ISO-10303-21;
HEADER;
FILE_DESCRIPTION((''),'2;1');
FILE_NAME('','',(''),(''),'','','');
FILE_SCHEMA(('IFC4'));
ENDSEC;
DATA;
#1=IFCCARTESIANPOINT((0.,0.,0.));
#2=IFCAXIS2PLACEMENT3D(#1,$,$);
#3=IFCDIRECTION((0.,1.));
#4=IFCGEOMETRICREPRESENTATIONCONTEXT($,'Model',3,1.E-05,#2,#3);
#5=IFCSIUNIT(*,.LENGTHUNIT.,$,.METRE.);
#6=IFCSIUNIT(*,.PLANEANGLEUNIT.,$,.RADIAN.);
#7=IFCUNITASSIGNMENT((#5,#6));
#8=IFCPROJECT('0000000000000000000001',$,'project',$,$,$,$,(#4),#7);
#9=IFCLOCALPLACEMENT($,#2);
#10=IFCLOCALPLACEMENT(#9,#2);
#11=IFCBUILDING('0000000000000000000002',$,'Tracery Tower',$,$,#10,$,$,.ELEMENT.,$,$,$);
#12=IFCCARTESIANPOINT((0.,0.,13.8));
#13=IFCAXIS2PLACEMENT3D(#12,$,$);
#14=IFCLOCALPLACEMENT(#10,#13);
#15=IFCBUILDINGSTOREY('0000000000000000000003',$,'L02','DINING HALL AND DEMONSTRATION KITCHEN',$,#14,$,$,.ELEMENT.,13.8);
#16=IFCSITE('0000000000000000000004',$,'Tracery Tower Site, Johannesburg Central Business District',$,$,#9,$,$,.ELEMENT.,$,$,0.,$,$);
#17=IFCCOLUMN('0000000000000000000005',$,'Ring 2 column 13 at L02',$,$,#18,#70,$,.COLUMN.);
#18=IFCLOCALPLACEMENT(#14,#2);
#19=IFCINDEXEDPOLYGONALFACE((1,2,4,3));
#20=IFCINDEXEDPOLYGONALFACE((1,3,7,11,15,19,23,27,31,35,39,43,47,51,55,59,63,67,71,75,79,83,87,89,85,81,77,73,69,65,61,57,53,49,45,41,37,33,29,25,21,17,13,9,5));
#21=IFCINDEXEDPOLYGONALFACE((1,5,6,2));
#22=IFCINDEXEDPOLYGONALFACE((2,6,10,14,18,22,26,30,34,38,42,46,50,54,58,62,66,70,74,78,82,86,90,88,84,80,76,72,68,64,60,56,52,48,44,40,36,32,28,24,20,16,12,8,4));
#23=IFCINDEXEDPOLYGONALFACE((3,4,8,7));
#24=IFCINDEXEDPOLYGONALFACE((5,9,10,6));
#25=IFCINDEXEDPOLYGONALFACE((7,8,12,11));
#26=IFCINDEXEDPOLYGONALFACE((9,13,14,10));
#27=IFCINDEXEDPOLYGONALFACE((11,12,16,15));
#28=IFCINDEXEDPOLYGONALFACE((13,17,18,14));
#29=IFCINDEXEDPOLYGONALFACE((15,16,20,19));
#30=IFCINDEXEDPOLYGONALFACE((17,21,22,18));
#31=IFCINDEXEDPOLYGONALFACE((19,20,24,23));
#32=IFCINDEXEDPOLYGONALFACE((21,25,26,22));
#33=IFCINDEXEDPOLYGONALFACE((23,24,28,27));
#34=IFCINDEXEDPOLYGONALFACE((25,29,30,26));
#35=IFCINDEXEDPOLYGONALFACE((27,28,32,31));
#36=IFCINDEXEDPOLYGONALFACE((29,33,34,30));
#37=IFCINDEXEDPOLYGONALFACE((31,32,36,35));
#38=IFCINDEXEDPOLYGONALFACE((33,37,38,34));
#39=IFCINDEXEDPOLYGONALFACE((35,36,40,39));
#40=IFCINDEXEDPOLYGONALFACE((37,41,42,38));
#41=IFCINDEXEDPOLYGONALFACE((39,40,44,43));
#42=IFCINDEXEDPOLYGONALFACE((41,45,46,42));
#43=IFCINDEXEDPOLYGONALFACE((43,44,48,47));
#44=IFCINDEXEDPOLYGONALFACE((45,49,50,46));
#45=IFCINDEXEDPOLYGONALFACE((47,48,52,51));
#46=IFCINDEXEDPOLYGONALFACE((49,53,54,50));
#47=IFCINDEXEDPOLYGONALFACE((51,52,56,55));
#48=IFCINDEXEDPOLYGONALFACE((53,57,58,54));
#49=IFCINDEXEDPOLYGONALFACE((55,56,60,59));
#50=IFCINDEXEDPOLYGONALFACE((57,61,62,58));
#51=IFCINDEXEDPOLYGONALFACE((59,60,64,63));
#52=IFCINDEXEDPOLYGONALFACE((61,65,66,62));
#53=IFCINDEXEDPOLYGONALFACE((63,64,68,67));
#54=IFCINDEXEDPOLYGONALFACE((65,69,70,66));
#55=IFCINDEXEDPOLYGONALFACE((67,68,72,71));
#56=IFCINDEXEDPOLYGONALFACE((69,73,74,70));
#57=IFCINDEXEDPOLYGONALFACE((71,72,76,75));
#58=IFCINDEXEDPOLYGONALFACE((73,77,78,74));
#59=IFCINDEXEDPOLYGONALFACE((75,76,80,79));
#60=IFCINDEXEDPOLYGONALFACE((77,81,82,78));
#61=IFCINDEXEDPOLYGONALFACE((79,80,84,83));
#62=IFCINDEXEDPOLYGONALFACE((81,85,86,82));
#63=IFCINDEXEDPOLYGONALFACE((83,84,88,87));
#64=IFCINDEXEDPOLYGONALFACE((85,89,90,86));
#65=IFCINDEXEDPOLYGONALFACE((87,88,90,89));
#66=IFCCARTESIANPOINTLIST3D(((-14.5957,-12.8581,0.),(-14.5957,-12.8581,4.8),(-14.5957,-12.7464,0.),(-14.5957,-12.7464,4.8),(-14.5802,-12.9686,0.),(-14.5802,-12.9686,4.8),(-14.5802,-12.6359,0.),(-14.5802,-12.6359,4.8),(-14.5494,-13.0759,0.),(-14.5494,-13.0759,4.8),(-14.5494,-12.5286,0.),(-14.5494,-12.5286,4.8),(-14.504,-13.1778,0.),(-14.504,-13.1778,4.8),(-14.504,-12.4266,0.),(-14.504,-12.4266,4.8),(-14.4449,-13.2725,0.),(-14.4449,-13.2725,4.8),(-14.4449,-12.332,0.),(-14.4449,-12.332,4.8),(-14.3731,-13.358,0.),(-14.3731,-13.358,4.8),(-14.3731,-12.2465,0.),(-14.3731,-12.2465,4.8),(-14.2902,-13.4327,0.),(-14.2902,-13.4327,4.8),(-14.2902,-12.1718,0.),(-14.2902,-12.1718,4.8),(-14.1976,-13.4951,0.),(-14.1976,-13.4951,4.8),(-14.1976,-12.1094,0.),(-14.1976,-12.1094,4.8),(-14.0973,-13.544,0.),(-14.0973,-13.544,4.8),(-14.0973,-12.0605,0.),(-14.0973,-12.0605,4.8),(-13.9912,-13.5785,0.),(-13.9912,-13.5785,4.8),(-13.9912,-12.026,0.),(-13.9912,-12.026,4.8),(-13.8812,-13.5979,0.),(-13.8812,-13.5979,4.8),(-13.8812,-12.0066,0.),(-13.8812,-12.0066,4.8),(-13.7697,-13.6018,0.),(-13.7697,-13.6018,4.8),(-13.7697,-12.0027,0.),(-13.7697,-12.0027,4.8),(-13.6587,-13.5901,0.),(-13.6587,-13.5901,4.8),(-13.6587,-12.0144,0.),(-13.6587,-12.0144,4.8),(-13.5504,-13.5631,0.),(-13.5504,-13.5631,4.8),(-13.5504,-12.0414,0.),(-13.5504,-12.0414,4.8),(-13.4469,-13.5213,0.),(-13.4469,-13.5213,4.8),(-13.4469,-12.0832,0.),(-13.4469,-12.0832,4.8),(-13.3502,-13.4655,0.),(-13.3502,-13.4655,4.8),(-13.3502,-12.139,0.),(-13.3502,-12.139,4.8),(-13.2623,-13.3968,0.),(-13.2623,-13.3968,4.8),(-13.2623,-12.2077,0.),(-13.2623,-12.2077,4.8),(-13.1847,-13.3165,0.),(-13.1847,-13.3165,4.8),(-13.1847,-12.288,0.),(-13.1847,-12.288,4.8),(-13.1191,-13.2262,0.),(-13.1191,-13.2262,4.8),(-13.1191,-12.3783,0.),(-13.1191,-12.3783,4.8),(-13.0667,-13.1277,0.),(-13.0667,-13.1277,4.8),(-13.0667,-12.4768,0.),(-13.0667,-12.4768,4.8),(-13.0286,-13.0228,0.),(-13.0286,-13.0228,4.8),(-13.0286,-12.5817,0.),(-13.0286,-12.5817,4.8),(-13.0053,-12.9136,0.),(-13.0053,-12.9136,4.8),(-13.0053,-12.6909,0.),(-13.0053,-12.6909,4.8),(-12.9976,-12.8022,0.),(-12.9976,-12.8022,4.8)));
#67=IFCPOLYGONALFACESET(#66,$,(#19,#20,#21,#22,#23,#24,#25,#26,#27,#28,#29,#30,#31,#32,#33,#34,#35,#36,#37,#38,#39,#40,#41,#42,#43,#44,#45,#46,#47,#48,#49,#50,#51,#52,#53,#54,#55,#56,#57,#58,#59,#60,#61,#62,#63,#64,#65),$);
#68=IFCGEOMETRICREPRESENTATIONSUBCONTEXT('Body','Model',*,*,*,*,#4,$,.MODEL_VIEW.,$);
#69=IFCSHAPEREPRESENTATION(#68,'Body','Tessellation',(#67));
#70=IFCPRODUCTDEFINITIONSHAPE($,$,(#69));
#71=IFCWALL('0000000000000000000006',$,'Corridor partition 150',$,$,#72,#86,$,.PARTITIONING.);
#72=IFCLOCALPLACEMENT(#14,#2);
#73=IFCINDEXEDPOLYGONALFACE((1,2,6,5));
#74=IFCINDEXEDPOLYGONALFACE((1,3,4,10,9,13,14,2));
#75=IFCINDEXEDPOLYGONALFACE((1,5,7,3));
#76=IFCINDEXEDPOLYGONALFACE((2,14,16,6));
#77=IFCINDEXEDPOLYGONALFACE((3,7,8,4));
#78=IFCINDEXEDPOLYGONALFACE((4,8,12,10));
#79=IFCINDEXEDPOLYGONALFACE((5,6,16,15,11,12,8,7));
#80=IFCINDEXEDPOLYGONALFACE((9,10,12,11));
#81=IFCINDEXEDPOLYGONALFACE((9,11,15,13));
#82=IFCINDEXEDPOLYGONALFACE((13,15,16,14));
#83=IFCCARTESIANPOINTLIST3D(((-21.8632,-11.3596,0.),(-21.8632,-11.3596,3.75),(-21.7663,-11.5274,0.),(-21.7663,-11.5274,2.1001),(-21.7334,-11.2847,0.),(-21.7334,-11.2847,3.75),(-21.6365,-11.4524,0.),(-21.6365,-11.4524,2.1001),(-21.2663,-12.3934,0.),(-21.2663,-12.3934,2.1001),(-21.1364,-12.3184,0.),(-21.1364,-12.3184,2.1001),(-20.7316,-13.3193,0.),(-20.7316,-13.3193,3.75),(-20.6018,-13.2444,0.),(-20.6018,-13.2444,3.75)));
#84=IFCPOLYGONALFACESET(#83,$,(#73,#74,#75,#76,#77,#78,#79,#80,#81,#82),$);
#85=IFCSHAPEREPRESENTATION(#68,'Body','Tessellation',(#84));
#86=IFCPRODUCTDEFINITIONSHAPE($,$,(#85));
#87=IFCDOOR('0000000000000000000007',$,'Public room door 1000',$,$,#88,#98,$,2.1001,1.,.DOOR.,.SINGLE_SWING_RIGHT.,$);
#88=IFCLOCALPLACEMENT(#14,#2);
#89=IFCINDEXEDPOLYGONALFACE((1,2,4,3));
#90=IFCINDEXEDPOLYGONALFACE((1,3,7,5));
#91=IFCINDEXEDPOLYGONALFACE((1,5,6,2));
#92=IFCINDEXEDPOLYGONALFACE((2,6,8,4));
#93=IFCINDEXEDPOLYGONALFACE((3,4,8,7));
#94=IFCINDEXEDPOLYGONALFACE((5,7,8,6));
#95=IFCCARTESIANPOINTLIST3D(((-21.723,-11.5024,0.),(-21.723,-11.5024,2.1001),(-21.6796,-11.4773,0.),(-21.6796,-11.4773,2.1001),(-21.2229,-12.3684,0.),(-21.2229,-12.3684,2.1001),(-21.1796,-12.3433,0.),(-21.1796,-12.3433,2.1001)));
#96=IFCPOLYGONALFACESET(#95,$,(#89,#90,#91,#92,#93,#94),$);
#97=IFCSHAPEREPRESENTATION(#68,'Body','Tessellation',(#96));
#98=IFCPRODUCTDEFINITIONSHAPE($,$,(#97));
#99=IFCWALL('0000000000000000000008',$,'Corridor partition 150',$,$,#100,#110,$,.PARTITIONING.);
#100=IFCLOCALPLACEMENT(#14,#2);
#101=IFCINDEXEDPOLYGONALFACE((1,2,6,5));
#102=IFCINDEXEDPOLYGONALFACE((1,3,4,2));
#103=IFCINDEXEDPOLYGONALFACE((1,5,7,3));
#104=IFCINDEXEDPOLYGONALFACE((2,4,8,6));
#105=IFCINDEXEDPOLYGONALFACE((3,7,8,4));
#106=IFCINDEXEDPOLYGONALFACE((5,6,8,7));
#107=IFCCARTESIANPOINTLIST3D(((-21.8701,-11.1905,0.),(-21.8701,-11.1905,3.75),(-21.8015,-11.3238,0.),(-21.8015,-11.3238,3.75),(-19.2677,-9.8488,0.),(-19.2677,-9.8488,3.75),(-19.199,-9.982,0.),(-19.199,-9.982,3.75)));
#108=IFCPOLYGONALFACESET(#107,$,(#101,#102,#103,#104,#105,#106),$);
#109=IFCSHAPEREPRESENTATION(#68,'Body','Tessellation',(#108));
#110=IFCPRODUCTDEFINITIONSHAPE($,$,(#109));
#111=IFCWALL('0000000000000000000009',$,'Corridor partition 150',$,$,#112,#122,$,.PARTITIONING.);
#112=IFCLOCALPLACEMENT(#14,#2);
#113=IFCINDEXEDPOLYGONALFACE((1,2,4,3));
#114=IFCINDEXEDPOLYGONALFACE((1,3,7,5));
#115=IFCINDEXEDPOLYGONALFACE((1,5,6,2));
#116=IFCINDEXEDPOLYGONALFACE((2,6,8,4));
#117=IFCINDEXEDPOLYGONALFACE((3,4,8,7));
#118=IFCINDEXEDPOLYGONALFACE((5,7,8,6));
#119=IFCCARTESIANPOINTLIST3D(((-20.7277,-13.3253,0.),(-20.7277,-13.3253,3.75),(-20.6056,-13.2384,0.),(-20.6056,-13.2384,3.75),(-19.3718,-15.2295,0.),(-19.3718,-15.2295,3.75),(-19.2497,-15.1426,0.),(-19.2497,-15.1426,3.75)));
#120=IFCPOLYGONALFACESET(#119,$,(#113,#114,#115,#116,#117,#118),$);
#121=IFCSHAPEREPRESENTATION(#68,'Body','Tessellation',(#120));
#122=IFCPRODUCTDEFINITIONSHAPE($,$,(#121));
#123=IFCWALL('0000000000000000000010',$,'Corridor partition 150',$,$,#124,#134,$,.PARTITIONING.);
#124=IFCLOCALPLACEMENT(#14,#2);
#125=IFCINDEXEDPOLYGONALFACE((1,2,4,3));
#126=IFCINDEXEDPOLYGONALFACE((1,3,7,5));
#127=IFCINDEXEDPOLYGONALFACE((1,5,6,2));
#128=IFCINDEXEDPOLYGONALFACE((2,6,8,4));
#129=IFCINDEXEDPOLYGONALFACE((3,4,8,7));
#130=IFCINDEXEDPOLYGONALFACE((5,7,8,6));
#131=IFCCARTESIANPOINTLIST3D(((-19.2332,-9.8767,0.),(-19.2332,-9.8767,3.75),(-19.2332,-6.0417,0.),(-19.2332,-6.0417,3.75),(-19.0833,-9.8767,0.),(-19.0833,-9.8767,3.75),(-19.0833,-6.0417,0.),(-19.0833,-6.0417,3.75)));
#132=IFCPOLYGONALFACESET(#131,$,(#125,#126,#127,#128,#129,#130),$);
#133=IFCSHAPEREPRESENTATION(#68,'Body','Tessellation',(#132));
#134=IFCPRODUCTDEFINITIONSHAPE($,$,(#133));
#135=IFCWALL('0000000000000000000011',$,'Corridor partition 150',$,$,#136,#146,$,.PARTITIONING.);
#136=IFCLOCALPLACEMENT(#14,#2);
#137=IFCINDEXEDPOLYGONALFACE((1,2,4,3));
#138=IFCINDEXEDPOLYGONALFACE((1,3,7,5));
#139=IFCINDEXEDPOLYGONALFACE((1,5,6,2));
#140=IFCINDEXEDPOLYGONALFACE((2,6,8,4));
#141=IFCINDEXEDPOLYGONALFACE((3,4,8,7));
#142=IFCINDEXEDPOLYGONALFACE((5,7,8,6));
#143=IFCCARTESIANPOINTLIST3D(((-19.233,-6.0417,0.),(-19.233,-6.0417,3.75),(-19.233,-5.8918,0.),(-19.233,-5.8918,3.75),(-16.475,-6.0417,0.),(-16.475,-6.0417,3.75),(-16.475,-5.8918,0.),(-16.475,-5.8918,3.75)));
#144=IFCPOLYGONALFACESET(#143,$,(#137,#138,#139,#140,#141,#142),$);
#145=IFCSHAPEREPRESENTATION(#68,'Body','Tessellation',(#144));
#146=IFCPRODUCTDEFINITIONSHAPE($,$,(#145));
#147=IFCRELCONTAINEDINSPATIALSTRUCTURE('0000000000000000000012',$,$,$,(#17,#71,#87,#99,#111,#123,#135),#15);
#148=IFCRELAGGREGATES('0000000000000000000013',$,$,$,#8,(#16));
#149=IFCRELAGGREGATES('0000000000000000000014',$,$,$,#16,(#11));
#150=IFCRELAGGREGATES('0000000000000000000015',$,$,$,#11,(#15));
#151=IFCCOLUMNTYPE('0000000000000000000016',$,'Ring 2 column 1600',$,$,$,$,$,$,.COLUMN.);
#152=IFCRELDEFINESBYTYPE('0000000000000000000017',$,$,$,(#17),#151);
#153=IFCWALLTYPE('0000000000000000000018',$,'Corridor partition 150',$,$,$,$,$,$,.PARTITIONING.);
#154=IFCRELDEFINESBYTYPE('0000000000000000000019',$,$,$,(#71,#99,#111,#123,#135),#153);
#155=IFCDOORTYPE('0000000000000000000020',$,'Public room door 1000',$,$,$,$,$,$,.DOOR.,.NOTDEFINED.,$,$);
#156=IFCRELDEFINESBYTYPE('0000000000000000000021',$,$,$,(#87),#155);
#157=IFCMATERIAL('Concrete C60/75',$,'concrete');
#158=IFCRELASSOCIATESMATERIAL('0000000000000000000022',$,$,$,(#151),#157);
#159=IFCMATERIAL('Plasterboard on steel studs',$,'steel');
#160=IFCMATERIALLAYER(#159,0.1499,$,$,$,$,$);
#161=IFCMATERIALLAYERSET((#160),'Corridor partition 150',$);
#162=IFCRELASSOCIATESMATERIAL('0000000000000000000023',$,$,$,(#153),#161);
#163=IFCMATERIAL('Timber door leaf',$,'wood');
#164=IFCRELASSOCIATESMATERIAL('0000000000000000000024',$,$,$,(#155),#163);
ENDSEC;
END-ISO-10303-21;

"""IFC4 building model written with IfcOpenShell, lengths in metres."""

from ifc_helpers import new_model, si_unit, direction, frame, frame_2d, origin, origin_2d, place, context, subcontext, project, spatial, rectangle, circle, extrude, material, layer, layer_set, material_profile, profile_set, type_object, element, fill, save


model = new_model("IFC4")

# Units and contexts
model_context = context("Model", 3, precision=1e-05, world=origin(), true_north=direction((0.0, 1.0)))
body_context = subcontext(model_context, "Body", "Model", "MODEL_VIEW")
ifc_project = project(units=[si_unit("LENGTHUNIT", "METRE"), si_unit("PLANEANGLEUNIT", "RADIAN")], contexts=[model_context])

# Site, building, storey
site_placement = place(None, origin())
site = spatial("IfcSite", under=ifc_project, at=site_placement, Name="Tracery Tower Site, Johannesburg Central Business District", CompositionType="ELEMENT", RefElevation=0.0)
building_placement = place(site_placement, origin())
building = spatial("IfcBuilding", under=site, at=building_placement, Name="Tracery Tower", CompositionType="ELEMENT")
storey_placement = place(building_placement, frame((0.0, 0.0, 13.8)))
storey = spatial("IfcBuildingStorey", under=building, at=storey_placement, Name="L02", Description="DINING HALL AND DEMONSTRATION KITCHEN", CompositionType="ELEMENT", Elevation=13.8)

# Column
ifc_material_1 = material(Name="Concrete C60/75", Category="concrete")
ifc_material_profile_1 = material_profile(ifc_material_1, circle(Radius=0.8, at=origin_2d()), Name="RC D1600")
ifc_profile_set_1 = profile_set([ifc_material_profile_1], Name="Concrete C60/75")
column_type_1 = type_object("IfcColumnType", Name="Ring 2 column 1600", PredefinedType="COLUMN", material=ifc_profile_set_1)
for number, where, z_axis, x_axis, name in (
    (1, (-13.7976, -12.8022, 0.0), (0.0, 0.0, 1.0), (1.0, 0.0, 0.0), "Ring 2 column 13 at L02"),
):
    element("IfcColumn", number, at=place(storey_placement, frame(where, z_axis=z_axis, x_axis=x_axis)), inside=storey, type_object=column_type_1, Name=name, PredefinedType="COLUMN", context=body_context, shape_type="SweptSolid", body=[
        extrude(circle(Radius=0.8, at=origin_2d()), origin(), (0.0, 0.0, 1.0), 4.8),
    ])

# Wall, opening, door
ifc_material_2 = material(Name="Plasterboard on steel studs", Category="steel")
ifc_layer_1 = layer(ifc_material_2, 0.1499)
ifc_layer_set_1 = layer_set([ifc_layer_1], Name="Corridor partition 150")
wall_type_1 = type_object("IfcWallType", Name="Corridor partition 150", PredefinedType="PARTITIONING", material=ifc_layer_set_1)
wall_1_placement = place(storey_placement, frame((-20.6667, -13.2817, 0.0), z_axis=(0.0, 0.0, 1.0), x_axis=(-0.500049, 0.865997, 0.0)))
wall_1 = element("IfcWall", 2, at=wall_1_placement, inside=storey, type_object=wall_type_1, Name="Corridor partition 150", PredefinedType="PARTITIONING", context=body_context, shape_type="SweptSolid", body=[
    extrude(rectangle(XDim=2.2629, YDim=0.1499, at=frame_2d((1.1313, 0.0))), origin(), (0.0, 0.0, 1.0), 3.75),
])
opening_1_placement = place(wall_1_placement, frame((1.0691, 0.0, 0.0)))
opening_1 = element("IfcOpeningElement", 3, at=opening_1_placement, cuts=wall_1, PredefinedType="OPENING", context=body_context, shape_type="SweptSolid", body=[
    extrude(rectangle(XDim=1.0, YDim=2.1001, at=frame_2d((0.5, 1.05))), frame((0.0, 0.075, 0.0), z_axis=(0.0, -1.0, 0.0), x_axis=(1.0, 0.0, 0.0)), (0.0, 0.0, 1.0), 0.1499),
])
ifc_material_3 = material(Name="Timber door leaf", Category="wood")
door_type_1 = type_object("IfcDoorType", Name="Public room door 1000", OperationType="NOTDEFINED", PredefinedType="DOOR", material=ifc_material_3)
door_1_placement = place(opening_1_placement, origin())
door_1 = element("IfcDoor", 4, at=door_1_placement, inside=storey, type_object=door_type_1, Name="Public room door 1000", OperationType="SINGLE_SWING_RIGHT", OverallHeight=2.1001, OverallWidth=1.0, PredefinedType="DOOR", context=body_context, shape_type="SweptSolid", body=[
    extrude(rectangle(XDim=1.0, YDim=2.1001, at=frame_2d((0.5, 1.05))), frame((0.0, 0.0249, 0.0), z_axis=(0.0, -1.0, 0.0), x_axis=(1.0, 0.0, 0.0)), (0.0, 0.0, 1.0), 0.05),
])
fill(opening_1, door_1)

# Walls
wall_2_placement = place(storey_placement, frame((-21.8357, -11.2571, 0.0), z_axis=(0.0, 0.0, 1.0), x_axis=(0.888822, 0.458252, 0.0)))
element("IfcWall", 5, at=wall_2_placement, inside=storey, type_object=wall_type_1, Name="Corridor partition 150", PredefinedType="PARTITIONING", context=body_context, shape_type="SweptSolid", body=[
    extrude(rectangle(XDim=2.928, YDim=0.1499, at=frame_2d((1.4639, 0.0))), origin(), (0.0, 0.0, 1.0), 3.75),
])
wall_3_placement = place(storey_placement, frame((-20.6667, -13.2817, 0.0), z_axis=(0.0, 0.0, 1.0), x_axis=(0.580032, -0.814593, 0.0)))
element("IfcWall", 6, at=wall_3_placement, inside=storey, type_object=wall_type_1, Name="Corridor partition 150", PredefinedType="PARTITIONING", context=body_context, shape_type="SweptSolid", body=[
    extrude(rectangle(XDim=2.3376, YDim=0.1499, at=frame_2d((1.1689, 0.0))), origin(), (0.0, 0.0, 1.0), 3.75),
])
wall_4_placement = place(storey_placement, frame((-19.1582, -6.0417, 0.0), z_axis=(0.0, 0.0, 1.0), x_axis=(0.0, -1.0, 0.0)))
element("IfcWall", 7, at=wall_4_placement, inside=storey, type_object=wall_type_1, Name="Corridor partition 150", PredefinedType="PARTITIONING", context=body_context, shape_type="SweptSolid", body=[
    extrude(rectangle(XDim=3.835, YDim=0.1499, at=frame_2d((1.9175, 0.0))), origin(), (0.0, 0.0, 1.0), 3.75),
])
wall_5_placement = place(storey_placement, frame((-16.4751, -5.9668, 0.0), z_axis=(0.0, 0.0, 1.0), x_axis=(-1.0, 0.0, 0.0)))
element("IfcWall", 8, at=wall_5_placement, inside=storey, type_object=wall_type_1, Name="Corridor partition 150", PredefinedType="PARTITIONING", context=body_context, shape_type="SweptSolid", body=[
    extrude(rectangle(XDim=2.7581, YDim=0.1499, at=frame_2d((1.3789, 0.0))), origin(), (0.0, 0.0, 1.0), 3.75),
])

save(model, "model.ifc")
